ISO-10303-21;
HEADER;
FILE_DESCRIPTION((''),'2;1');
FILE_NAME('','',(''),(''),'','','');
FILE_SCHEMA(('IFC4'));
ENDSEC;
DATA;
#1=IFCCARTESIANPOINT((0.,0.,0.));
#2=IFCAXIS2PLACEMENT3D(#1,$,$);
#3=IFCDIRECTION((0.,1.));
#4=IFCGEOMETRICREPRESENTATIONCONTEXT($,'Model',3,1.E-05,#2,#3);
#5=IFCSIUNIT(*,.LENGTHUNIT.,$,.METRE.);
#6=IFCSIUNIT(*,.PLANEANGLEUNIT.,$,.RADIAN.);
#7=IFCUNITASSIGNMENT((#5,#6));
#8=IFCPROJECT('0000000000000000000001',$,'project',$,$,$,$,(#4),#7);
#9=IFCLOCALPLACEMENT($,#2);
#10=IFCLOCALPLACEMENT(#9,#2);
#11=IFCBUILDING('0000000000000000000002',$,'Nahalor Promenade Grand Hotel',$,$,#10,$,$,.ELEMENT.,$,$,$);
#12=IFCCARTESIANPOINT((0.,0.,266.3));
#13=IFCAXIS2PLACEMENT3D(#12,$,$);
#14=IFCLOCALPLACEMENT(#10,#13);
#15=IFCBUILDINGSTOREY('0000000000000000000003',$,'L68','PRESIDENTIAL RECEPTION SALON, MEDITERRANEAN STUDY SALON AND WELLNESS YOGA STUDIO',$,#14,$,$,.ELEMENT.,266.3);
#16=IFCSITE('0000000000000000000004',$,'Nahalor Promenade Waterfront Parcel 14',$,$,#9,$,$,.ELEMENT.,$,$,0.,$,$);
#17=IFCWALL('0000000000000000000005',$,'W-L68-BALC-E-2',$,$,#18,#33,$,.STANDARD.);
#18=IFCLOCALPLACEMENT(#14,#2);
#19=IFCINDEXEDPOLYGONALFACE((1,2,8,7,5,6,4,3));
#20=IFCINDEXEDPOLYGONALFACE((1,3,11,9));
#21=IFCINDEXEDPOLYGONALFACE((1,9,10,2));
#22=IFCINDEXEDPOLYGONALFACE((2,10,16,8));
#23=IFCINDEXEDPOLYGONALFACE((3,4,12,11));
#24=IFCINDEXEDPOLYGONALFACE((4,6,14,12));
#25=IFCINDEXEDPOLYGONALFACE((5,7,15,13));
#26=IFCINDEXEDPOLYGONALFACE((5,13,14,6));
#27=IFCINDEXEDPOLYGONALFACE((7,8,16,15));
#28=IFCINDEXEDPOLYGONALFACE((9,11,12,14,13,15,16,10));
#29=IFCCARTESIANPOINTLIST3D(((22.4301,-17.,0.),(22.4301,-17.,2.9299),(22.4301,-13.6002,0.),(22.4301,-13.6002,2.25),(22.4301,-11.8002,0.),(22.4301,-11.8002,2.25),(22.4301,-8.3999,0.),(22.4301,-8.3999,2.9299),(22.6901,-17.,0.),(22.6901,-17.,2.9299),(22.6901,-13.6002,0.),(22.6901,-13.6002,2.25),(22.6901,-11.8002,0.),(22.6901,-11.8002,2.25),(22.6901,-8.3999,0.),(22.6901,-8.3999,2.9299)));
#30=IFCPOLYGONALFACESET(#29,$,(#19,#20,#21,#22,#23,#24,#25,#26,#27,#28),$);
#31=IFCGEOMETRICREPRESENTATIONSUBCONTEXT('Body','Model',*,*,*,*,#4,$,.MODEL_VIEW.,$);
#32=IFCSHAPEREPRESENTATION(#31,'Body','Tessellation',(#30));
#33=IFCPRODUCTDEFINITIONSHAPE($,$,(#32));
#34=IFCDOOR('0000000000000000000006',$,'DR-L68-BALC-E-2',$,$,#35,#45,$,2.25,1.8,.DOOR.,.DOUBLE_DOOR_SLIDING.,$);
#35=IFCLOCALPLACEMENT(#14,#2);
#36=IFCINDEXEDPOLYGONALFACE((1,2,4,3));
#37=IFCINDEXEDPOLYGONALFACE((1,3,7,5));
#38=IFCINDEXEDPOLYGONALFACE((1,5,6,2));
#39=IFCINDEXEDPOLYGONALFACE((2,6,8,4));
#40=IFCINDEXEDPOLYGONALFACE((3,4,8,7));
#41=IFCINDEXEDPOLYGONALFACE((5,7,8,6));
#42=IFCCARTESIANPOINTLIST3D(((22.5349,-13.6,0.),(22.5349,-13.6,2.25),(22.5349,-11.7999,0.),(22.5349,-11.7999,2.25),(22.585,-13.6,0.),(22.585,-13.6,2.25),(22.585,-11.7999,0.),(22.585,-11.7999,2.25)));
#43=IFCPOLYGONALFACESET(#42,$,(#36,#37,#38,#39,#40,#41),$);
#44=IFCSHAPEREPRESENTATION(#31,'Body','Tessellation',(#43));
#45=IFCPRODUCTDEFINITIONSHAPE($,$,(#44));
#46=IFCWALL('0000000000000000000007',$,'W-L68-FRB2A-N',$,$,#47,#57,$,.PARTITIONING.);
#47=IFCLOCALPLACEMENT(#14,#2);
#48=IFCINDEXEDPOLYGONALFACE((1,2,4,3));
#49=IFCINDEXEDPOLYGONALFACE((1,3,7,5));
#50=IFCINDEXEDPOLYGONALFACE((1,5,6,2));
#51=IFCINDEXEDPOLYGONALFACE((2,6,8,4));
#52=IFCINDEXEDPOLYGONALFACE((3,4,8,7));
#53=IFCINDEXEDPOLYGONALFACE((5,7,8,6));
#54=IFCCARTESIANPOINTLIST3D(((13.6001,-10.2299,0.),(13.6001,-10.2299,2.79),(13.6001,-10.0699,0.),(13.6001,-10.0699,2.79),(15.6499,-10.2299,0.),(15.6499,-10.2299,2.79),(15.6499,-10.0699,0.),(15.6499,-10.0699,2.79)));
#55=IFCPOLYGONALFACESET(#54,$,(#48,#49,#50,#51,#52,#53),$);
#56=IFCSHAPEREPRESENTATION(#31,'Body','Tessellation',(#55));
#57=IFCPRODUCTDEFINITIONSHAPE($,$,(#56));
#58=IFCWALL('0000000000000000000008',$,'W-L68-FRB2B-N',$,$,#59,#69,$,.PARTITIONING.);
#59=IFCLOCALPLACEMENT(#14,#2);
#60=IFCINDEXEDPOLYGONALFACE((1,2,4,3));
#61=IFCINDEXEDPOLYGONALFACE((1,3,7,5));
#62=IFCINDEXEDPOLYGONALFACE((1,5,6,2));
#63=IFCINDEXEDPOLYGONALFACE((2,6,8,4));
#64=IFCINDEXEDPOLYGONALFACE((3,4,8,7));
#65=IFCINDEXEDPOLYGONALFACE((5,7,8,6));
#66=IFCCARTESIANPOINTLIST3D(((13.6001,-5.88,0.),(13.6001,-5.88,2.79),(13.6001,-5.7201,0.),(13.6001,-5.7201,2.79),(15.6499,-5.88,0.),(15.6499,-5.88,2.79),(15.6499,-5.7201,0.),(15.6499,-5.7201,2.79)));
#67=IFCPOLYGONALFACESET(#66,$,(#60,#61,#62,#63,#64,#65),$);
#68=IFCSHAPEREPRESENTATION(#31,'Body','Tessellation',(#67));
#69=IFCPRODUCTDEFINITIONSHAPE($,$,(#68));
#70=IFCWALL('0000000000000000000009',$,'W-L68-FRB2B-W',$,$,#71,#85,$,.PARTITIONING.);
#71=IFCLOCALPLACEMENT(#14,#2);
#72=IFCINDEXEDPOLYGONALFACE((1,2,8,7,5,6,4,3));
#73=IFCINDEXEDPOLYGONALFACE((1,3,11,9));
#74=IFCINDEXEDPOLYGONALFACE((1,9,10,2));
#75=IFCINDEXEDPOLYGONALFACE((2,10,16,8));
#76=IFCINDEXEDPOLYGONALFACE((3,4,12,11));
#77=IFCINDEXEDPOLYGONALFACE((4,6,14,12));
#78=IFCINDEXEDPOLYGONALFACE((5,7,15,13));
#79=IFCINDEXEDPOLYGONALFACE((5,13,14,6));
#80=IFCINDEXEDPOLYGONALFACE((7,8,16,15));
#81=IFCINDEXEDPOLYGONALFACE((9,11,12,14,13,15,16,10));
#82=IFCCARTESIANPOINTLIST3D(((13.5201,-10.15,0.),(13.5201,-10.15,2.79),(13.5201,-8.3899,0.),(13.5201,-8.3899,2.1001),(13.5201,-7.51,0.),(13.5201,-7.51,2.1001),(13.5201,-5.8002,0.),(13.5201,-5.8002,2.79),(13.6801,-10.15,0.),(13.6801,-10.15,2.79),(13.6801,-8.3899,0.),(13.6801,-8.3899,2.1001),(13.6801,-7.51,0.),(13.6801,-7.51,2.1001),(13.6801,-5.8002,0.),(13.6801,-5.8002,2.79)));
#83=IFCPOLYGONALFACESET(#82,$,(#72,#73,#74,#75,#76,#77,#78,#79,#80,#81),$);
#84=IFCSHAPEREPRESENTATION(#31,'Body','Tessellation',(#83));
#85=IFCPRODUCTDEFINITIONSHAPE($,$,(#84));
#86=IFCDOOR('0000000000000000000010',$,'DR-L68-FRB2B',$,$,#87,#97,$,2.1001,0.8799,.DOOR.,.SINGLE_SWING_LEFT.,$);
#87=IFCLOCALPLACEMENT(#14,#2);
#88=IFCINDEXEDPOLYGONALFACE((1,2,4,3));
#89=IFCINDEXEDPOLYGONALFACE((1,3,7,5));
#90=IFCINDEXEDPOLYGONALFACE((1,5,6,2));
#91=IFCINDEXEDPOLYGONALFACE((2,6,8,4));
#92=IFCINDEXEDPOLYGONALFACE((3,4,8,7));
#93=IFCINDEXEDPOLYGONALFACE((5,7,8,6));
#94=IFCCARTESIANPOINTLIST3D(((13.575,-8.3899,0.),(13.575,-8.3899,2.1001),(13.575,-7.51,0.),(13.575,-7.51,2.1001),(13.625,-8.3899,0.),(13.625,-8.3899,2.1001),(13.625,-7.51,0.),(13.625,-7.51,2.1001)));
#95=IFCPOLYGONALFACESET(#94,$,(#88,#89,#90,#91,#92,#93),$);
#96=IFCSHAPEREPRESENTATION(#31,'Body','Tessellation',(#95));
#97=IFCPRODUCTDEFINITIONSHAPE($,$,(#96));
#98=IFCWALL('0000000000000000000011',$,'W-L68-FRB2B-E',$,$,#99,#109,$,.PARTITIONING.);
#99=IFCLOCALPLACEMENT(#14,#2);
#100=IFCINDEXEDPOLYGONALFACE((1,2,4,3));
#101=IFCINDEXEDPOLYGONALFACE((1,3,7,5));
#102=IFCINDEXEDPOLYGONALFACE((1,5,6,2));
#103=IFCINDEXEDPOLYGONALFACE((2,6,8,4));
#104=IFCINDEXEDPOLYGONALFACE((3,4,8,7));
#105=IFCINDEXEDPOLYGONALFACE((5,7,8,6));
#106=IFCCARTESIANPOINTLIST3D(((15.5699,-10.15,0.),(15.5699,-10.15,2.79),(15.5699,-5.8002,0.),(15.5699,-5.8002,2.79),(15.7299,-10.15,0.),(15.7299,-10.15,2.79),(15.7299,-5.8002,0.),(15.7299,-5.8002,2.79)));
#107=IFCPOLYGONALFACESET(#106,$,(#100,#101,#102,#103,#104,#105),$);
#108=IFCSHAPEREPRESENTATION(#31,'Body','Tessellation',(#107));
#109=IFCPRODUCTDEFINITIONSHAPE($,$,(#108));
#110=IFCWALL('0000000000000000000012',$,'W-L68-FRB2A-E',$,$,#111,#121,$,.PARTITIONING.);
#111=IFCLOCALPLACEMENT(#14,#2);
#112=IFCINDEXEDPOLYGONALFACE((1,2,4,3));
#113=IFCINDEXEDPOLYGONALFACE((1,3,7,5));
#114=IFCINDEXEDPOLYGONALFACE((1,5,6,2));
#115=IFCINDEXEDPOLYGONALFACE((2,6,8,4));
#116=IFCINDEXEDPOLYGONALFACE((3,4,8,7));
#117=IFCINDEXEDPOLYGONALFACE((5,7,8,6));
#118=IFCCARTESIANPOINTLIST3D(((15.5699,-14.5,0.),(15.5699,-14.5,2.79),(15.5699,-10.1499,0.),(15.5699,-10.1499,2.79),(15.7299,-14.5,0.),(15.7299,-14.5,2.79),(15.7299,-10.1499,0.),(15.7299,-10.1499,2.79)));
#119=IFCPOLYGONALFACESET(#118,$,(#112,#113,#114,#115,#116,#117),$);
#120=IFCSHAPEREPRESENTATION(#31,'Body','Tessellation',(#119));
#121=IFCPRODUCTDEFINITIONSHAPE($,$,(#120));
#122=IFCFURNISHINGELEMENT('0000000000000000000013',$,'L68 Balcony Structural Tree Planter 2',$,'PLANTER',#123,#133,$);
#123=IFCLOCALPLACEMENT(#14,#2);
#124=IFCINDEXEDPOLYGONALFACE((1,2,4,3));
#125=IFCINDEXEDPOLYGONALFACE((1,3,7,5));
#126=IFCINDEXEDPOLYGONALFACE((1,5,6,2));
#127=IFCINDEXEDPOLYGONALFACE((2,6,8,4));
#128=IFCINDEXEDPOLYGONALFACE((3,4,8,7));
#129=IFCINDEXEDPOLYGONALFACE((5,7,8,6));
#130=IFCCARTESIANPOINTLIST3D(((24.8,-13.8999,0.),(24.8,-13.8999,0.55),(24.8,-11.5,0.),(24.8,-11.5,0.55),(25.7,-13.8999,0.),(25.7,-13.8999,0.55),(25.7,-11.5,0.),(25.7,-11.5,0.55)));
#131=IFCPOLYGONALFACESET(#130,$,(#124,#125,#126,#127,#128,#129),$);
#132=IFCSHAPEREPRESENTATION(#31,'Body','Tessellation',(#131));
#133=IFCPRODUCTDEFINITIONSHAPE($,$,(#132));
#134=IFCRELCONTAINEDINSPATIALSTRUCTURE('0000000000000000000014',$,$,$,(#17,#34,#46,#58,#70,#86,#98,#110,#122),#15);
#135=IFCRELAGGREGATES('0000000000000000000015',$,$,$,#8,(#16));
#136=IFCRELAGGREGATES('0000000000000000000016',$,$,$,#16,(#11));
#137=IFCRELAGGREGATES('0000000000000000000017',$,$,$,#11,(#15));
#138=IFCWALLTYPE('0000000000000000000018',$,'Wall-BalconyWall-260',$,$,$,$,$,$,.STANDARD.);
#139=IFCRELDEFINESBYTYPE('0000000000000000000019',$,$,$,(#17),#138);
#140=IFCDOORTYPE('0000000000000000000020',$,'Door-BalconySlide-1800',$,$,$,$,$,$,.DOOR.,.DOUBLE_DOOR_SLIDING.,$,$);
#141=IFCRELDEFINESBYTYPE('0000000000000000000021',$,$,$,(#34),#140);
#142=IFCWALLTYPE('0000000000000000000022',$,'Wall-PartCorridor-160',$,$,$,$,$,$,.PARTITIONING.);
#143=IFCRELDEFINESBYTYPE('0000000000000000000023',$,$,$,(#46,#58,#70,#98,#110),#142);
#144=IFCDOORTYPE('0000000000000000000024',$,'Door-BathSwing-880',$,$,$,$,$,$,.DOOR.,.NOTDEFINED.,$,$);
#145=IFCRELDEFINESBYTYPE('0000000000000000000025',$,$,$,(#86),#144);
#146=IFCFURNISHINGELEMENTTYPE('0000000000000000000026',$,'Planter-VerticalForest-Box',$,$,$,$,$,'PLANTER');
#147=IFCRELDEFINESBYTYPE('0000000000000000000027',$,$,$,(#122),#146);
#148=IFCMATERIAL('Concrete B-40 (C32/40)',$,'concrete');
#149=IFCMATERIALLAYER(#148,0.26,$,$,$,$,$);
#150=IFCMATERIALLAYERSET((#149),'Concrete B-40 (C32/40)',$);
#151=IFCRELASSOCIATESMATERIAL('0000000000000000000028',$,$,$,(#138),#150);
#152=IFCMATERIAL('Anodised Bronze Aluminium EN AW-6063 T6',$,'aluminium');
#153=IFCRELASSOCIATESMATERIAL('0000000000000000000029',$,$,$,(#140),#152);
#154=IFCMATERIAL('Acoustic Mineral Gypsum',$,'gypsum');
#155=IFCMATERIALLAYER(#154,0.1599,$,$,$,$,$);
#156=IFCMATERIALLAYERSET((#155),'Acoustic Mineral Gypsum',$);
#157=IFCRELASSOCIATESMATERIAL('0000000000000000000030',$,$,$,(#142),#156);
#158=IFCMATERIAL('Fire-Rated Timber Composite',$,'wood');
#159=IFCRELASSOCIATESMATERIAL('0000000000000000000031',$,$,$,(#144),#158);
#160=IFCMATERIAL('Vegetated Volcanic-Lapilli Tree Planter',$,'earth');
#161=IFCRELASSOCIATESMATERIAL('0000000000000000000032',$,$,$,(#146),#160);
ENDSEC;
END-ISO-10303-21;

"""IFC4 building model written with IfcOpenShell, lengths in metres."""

from ifc_helpers import new_model, si_unit, direction, frame, frame_2d, origin, origin_2d, place, context, subcontext, project, spatial, rectangle, extrude, source, transform, mapped, material, layer, layer_set, type_object, element, fill, save


model = new_model("IFC4")

# Units and contexts
model_context = context("Model", 3, precision=1e-05, world=origin(), true_north=direction((0.0, 1.0)))
body_context = subcontext(model_context, "Body", "Model", "MODEL_VIEW")
ifc_project = project(units=[si_unit("LENGTHUNIT", "METRE"), si_unit("PLANEANGLEUNIT", "RADIAN")], contexts=[model_context])

# Site, building, storey
site_placement = place(None, origin())
site = spatial("IfcSite", under=ifc_project, at=site_placement, Name="Nahalor Promenade Waterfront Parcel 14", CompositionType="ELEMENT", RefElevation=0.0)
building_placement = place(site_placement, origin())
building = spatial("IfcBuilding", under=site, at=building_placement, Name="Nahalor Promenade Grand Hotel", CompositionType="ELEMENT")
storey_placement = place(building_placement, frame((0.0, 0.0, 266.3)))
storey = spatial("IfcBuildingStorey", under=building, at=storey_placement, Name="L68", Description="PRESIDENTIAL RECEPTION SALON, MEDITERRANEAN STUDY SALON AND WELLNESS YOGA STUDIO", CompositionType="ELEMENT", Elevation=266.3)

# Shared definitions
ifc_material_1 = material(Name="Anodised Bronze Aluminium EN AW-6063 T6", Category="aluminium")

# Wall, opening, door
ifc_material_2 = material(Name="Concrete B-40 (C32/40)", Category="concrete")
ifc_layer_1 = layer(ifc_material_2, 0.26)
ifc_layer_set_1 = layer_set([ifc_layer_1], Name="Concrete B-40 (C32/40)")
wall_type_1 = type_object("IfcWallType", Name="Wall-BalconyWall-260", PredefinedType="STANDARD", material=ifc_layer_set_1)
shared_shape_1 = source(origin(), body_context, "Body", "SweptSolid", [
    extrude(rectangle(XDim=8.6001, YDim=0.26, at=frame_2d((4.3, 0.0))), origin(), (0.0, 0.0, 1.0), 2.9299),
])
wall_1_placement = place(storey_placement, frame((22.5601, -17.0, 0.0), z_axis=(0.0, 0.0, 1.0), x_axis=(0.0, 1.0, 0.0)))
wall_1 = element("IfcWall", 1, at=wall_1_placement, inside=storey, type_object=wall_type_1, Name="W-L68-BALC-E-2", PredefinedType="STANDARD", context=body_context, shape_type="MappedRepresentation", body=[
    mapped(shared_shape_1, transform((0.0, 0.0, 0.0), scale=1.0)),
])
opening_1_placement = place(wall_1_placement, frame((3.3999, 0.0, 0.0)))
opening_1 = element("IfcOpeningElement", 2, at=opening_1_placement, cuts=wall_1, PredefinedType="OPENING", context=body_context, shape_type="SweptSolid", body=[
    extrude(rectangle(XDim=1.8, YDim=2.25, at=frame_2d((0.8999, 1.125))), frame((0.0, 0.1399, 0.0), z_axis=(0.0, -1.0, 0.0), x_axis=(1.0, 0.0, 0.0)), (0.0, 0.0, 1.0), 0.28),
])
door_type_1 = type_object("IfcDoorType", Name="Door-BalconySlide-1800", OperationType="DOUBLE_DOOR_SLIDING", PredefinedType="DOOR", material=ifc_material_1)
shared_shape_2 = source(origin(), body_context, "Body", "SweptSolid", [
    extrude(rectangle(XDim=1.8, YDim=2.25, at=frame_2d((0.8999, 1.125))), frame((0.0, 0.0249, 0.0), z_axis=(0.0, -1.0, 0.0), x_axis=(1.0, 0.0, 0.0)), (0.0, 0.0, 1.0), 0.05),
])
door_1_placement = place(opening_1_placement, frame((1.8, 0.0, 0.0), z_axis=(0.0, 0.0, 1.0), x_axis=(-1.0, 0.0, 0.0)))
door_1 = element("IfcDoor", 3, at=door_1_placement, inside=storey, type_object=door_type_1, Name="DR-L68-BALC-E-2", OperationType="DOUBLE_DOOR_SLIDING", OverallHeight=2.25, OverallWidth=1.8, PredefinedType="DOOR", context=body_context, shape_type="MappedRepresentation", body=[
    mapped(shared_shape_2, transform((0.0, 0.0, 0.0), scale=1.0)),
])
fill(opening_1, door_1)

# Walls
ifc_material_3 = material(Name="Acoustic Mineral Gypsum", Category="gypsum")
ifc_layer_2 = layer(ifc_material_3, 0.1599)
ifc_layer_set_2 = layer_set([ifc_layer_2], Name="Acoustic Mineral Gypsum")
wall_type_2 = type_object("IfcWallType", Name="Wall-PartCorridor-160", PredefinedType="PARTITIONING", material=ifc_layer_set_2)
shared_shape_3 = source(origin(), body_context, "Body", "SweptSolid", [
    extrude(rectangle(XDim=2.0498, YDim=0.1599, at=frame_2d((1.0249, 0.0))), origin(), (0.0, 0.0, 1.0), 2.79),
])
for number, where, z_axis, x_axis, name in (
    (4, (13.6001, -10.1499, 0.0), (0.0, 0.0, 1.0), (1.0, 0.0, 0.0), "W-L68-FRB2A-N"),
    (5, (13.6001, -5.8, 0.0), (0.0, 0.0, 1.0), (1.0, 0.0, 0.0), "W-L68-FRB2B-N"),
):
    element("IfcWall", number, at=place(storey_placement, frame(where, z_axis=z_axis, x_axis=x_axis)), inside=storey, type_object=wall_type_2, Name=name, PredefinedType="PARTITIONING", context=body_context, shape_type="MappedRepresentation", body=[
        mapped(shared_shape_3, transform((0.0, 0.0, 0.0), scale=1.0)),
    ])

# Wall, opening, door
shared_shape_4 = source(origin(), body_context, "Body", "SweptSolid", [
    extrude(rectangle(XDim=4.3499, YDim=0.1599, at=frame_2d((2.1748, 0.0))), origin(), (0.0, 0.0, 1.0), 2.79),
])
wall_2_placement = place(storey_placement, frame((13.6001, -10.1499, 0.0), z_axis=(0.0, 0.0, 1.0), x_axis=(0.0, 1.0, 0.0)))
wall_2 = element("IfcWall", 6, at=wall_2_placement, inside=storey, type_object=wall_type_2, Name="W-L68-FRB2B-W", PredefinedType="PARTITIONING", context=body_context, shape_type="MappedRepresentation", body=[
    mapped(shared_shape_4, transform((0.0, 0.0, 0.0), scale=1.0)),
])
opening_2_placement = place(wall_2_placement, frame((1.76, 0.0, 0.0)))
opening_2 = element("IfcOpeningElement", 7, at=opening_2_placement, cuts=wall_2, PredefinedType="OPENING", context=body_context, shape_type="SweptSolid", body=[
    extrude(rectangle(XDim=0.8799, YDim=2.1001, at=frame_2d((0.4399, 1.05))), frame((0.0, 0.0898, 0.0), z_axis=(0.0, -1.0, 0.0), x_axis=(1.0, 0.0, 0.0)), (0.0, 0.0, 1.0), 0.1799),
])
ifc_material_4 = material(Name="Fire-Rated Timber Composite", Category="wood")
door_type_2 = type_object("IfcDoorType", Name="Door-BathSwing-880", OperationType="NOTDEFINED", PredefinedType="DOOR", material=ifc_material_4)
shared_shape_5 = source(origin(), body_context, "Body", "SweptSolid", [
    extrude(rectangle(XDim=0.8799, YDim=2.1001, at=frame_2d((0.4399, 1.05))), frame((0.0, 0.0249, 0.0), z_axis=(0.0, -1.0, 0.0), x_axis=(1.0, 0.0, 0.0)), (0.0, 0.0, 1.0), 0.05),
])
door_2_placement = place(opening_2_placement, frame((0.8799, 0.0, 0.0), z_axis=(0.0, 0.0, 1.0), x_axis=(-1.0, 0.0, 0.0)))
door_2 = element("IfcDoor", 8, at=door_2_placement, inside=storey, type_object=door_type_2, Name="DR-L68-FRB2B", OperationType="SINGLE_SWING_LEFT", OverallHeight=2.1001, OverallWidth=0.8799, PredefinedType="DOOR", context=body_context, shape_type="MappedRepresentation", body=[
    mapped(shared_shape_5, transform((0.0, 0.0, 0.0), scale=1.0)),
])
fill(opening_2, door_2)

# Walls
wall_3_placement = place(storey_placement, frame((15.6499, -10.1499, 0.0), z_axis=(0.0, 0.0, 1.0), x_axis=(0.0, 1.0, 0.0)))
element("IfcWall", 9, at=wall_3_placement, inside=storey, type_object=wall_type_2, Name="W-L68-FRB2B-E", PredefinedType="PARTITIONING", context=body_context, shape_type="MappedRepresentation", body=[
    mapped(shared_shape_4, transform((0.0, 0.0, 0.0), scale=1.0)),
])
shared_shape_6 = source(origin(), body_context, "Body", "SweptSolid", [
    extrude(rectangle(XDim=4.3501, YDim=0.1599, at=frame_2d((2.175, 0.0))), origin(), (0.0, 0.0, 1.0), 2.79),
])
wall_4_placement = place(storey_placement, frame((15.6499, -14.5, 0.0), z_axis=(0.0, 0.0, 1.0), x_axis=(0.0, 1.0, 0.0)))
element("IfcWall", 10, at=wall_4_placement, inside=storey, type_object=wall_type_2, Name="W-L68-FRB2A-E", PredefinedType="PARTITIONING", context=body_context, shape_type="MappedRepresentation", body=[
    mapped(shared_shape_6, transform((0.0, 0.0, 0.0), scale=1.0)),
])

# Furnishing element
ifc_material_5 = material(Name="Vegetated Volcanic-Lapilli Tree Planter", Category="earth")
furnishing_element_type = type_object("IfcFurnishingElementType", Name="Planter-VerticalForest-Box", ElementType="PLANTER", material=ifc_material_5)
shared_shape_7 = source(origin(), body_context, "Body", "SweptSolid", [
    extrude(rectangle(XDim=2.3999, YDim=0.8999, at=origin_2d()), origin(), (0.0, 0.0, 1.0), 0.55),
])
furnishing_placement = place(storey_placement, frame((25.25, -12.7, 0.0), z_axis=(0.0, 0.0, 1.0), x_axis=(0.0, 1.0, 0.0)))
element("IfcFurnishingElement", 11, at=furnishing_placement, inside=storey, type_object=furnishing_element_type, Name="L68 Balcony Structural Tree Planter 2", ObjectType="PLANTER", context=body_context, shape_type="MappedRepresentation", body=[
    mapped(shared_shape_7, transform((0.0, 0.0, 0.0), scale=1.0)),
])

save(model, "model.ifc")
